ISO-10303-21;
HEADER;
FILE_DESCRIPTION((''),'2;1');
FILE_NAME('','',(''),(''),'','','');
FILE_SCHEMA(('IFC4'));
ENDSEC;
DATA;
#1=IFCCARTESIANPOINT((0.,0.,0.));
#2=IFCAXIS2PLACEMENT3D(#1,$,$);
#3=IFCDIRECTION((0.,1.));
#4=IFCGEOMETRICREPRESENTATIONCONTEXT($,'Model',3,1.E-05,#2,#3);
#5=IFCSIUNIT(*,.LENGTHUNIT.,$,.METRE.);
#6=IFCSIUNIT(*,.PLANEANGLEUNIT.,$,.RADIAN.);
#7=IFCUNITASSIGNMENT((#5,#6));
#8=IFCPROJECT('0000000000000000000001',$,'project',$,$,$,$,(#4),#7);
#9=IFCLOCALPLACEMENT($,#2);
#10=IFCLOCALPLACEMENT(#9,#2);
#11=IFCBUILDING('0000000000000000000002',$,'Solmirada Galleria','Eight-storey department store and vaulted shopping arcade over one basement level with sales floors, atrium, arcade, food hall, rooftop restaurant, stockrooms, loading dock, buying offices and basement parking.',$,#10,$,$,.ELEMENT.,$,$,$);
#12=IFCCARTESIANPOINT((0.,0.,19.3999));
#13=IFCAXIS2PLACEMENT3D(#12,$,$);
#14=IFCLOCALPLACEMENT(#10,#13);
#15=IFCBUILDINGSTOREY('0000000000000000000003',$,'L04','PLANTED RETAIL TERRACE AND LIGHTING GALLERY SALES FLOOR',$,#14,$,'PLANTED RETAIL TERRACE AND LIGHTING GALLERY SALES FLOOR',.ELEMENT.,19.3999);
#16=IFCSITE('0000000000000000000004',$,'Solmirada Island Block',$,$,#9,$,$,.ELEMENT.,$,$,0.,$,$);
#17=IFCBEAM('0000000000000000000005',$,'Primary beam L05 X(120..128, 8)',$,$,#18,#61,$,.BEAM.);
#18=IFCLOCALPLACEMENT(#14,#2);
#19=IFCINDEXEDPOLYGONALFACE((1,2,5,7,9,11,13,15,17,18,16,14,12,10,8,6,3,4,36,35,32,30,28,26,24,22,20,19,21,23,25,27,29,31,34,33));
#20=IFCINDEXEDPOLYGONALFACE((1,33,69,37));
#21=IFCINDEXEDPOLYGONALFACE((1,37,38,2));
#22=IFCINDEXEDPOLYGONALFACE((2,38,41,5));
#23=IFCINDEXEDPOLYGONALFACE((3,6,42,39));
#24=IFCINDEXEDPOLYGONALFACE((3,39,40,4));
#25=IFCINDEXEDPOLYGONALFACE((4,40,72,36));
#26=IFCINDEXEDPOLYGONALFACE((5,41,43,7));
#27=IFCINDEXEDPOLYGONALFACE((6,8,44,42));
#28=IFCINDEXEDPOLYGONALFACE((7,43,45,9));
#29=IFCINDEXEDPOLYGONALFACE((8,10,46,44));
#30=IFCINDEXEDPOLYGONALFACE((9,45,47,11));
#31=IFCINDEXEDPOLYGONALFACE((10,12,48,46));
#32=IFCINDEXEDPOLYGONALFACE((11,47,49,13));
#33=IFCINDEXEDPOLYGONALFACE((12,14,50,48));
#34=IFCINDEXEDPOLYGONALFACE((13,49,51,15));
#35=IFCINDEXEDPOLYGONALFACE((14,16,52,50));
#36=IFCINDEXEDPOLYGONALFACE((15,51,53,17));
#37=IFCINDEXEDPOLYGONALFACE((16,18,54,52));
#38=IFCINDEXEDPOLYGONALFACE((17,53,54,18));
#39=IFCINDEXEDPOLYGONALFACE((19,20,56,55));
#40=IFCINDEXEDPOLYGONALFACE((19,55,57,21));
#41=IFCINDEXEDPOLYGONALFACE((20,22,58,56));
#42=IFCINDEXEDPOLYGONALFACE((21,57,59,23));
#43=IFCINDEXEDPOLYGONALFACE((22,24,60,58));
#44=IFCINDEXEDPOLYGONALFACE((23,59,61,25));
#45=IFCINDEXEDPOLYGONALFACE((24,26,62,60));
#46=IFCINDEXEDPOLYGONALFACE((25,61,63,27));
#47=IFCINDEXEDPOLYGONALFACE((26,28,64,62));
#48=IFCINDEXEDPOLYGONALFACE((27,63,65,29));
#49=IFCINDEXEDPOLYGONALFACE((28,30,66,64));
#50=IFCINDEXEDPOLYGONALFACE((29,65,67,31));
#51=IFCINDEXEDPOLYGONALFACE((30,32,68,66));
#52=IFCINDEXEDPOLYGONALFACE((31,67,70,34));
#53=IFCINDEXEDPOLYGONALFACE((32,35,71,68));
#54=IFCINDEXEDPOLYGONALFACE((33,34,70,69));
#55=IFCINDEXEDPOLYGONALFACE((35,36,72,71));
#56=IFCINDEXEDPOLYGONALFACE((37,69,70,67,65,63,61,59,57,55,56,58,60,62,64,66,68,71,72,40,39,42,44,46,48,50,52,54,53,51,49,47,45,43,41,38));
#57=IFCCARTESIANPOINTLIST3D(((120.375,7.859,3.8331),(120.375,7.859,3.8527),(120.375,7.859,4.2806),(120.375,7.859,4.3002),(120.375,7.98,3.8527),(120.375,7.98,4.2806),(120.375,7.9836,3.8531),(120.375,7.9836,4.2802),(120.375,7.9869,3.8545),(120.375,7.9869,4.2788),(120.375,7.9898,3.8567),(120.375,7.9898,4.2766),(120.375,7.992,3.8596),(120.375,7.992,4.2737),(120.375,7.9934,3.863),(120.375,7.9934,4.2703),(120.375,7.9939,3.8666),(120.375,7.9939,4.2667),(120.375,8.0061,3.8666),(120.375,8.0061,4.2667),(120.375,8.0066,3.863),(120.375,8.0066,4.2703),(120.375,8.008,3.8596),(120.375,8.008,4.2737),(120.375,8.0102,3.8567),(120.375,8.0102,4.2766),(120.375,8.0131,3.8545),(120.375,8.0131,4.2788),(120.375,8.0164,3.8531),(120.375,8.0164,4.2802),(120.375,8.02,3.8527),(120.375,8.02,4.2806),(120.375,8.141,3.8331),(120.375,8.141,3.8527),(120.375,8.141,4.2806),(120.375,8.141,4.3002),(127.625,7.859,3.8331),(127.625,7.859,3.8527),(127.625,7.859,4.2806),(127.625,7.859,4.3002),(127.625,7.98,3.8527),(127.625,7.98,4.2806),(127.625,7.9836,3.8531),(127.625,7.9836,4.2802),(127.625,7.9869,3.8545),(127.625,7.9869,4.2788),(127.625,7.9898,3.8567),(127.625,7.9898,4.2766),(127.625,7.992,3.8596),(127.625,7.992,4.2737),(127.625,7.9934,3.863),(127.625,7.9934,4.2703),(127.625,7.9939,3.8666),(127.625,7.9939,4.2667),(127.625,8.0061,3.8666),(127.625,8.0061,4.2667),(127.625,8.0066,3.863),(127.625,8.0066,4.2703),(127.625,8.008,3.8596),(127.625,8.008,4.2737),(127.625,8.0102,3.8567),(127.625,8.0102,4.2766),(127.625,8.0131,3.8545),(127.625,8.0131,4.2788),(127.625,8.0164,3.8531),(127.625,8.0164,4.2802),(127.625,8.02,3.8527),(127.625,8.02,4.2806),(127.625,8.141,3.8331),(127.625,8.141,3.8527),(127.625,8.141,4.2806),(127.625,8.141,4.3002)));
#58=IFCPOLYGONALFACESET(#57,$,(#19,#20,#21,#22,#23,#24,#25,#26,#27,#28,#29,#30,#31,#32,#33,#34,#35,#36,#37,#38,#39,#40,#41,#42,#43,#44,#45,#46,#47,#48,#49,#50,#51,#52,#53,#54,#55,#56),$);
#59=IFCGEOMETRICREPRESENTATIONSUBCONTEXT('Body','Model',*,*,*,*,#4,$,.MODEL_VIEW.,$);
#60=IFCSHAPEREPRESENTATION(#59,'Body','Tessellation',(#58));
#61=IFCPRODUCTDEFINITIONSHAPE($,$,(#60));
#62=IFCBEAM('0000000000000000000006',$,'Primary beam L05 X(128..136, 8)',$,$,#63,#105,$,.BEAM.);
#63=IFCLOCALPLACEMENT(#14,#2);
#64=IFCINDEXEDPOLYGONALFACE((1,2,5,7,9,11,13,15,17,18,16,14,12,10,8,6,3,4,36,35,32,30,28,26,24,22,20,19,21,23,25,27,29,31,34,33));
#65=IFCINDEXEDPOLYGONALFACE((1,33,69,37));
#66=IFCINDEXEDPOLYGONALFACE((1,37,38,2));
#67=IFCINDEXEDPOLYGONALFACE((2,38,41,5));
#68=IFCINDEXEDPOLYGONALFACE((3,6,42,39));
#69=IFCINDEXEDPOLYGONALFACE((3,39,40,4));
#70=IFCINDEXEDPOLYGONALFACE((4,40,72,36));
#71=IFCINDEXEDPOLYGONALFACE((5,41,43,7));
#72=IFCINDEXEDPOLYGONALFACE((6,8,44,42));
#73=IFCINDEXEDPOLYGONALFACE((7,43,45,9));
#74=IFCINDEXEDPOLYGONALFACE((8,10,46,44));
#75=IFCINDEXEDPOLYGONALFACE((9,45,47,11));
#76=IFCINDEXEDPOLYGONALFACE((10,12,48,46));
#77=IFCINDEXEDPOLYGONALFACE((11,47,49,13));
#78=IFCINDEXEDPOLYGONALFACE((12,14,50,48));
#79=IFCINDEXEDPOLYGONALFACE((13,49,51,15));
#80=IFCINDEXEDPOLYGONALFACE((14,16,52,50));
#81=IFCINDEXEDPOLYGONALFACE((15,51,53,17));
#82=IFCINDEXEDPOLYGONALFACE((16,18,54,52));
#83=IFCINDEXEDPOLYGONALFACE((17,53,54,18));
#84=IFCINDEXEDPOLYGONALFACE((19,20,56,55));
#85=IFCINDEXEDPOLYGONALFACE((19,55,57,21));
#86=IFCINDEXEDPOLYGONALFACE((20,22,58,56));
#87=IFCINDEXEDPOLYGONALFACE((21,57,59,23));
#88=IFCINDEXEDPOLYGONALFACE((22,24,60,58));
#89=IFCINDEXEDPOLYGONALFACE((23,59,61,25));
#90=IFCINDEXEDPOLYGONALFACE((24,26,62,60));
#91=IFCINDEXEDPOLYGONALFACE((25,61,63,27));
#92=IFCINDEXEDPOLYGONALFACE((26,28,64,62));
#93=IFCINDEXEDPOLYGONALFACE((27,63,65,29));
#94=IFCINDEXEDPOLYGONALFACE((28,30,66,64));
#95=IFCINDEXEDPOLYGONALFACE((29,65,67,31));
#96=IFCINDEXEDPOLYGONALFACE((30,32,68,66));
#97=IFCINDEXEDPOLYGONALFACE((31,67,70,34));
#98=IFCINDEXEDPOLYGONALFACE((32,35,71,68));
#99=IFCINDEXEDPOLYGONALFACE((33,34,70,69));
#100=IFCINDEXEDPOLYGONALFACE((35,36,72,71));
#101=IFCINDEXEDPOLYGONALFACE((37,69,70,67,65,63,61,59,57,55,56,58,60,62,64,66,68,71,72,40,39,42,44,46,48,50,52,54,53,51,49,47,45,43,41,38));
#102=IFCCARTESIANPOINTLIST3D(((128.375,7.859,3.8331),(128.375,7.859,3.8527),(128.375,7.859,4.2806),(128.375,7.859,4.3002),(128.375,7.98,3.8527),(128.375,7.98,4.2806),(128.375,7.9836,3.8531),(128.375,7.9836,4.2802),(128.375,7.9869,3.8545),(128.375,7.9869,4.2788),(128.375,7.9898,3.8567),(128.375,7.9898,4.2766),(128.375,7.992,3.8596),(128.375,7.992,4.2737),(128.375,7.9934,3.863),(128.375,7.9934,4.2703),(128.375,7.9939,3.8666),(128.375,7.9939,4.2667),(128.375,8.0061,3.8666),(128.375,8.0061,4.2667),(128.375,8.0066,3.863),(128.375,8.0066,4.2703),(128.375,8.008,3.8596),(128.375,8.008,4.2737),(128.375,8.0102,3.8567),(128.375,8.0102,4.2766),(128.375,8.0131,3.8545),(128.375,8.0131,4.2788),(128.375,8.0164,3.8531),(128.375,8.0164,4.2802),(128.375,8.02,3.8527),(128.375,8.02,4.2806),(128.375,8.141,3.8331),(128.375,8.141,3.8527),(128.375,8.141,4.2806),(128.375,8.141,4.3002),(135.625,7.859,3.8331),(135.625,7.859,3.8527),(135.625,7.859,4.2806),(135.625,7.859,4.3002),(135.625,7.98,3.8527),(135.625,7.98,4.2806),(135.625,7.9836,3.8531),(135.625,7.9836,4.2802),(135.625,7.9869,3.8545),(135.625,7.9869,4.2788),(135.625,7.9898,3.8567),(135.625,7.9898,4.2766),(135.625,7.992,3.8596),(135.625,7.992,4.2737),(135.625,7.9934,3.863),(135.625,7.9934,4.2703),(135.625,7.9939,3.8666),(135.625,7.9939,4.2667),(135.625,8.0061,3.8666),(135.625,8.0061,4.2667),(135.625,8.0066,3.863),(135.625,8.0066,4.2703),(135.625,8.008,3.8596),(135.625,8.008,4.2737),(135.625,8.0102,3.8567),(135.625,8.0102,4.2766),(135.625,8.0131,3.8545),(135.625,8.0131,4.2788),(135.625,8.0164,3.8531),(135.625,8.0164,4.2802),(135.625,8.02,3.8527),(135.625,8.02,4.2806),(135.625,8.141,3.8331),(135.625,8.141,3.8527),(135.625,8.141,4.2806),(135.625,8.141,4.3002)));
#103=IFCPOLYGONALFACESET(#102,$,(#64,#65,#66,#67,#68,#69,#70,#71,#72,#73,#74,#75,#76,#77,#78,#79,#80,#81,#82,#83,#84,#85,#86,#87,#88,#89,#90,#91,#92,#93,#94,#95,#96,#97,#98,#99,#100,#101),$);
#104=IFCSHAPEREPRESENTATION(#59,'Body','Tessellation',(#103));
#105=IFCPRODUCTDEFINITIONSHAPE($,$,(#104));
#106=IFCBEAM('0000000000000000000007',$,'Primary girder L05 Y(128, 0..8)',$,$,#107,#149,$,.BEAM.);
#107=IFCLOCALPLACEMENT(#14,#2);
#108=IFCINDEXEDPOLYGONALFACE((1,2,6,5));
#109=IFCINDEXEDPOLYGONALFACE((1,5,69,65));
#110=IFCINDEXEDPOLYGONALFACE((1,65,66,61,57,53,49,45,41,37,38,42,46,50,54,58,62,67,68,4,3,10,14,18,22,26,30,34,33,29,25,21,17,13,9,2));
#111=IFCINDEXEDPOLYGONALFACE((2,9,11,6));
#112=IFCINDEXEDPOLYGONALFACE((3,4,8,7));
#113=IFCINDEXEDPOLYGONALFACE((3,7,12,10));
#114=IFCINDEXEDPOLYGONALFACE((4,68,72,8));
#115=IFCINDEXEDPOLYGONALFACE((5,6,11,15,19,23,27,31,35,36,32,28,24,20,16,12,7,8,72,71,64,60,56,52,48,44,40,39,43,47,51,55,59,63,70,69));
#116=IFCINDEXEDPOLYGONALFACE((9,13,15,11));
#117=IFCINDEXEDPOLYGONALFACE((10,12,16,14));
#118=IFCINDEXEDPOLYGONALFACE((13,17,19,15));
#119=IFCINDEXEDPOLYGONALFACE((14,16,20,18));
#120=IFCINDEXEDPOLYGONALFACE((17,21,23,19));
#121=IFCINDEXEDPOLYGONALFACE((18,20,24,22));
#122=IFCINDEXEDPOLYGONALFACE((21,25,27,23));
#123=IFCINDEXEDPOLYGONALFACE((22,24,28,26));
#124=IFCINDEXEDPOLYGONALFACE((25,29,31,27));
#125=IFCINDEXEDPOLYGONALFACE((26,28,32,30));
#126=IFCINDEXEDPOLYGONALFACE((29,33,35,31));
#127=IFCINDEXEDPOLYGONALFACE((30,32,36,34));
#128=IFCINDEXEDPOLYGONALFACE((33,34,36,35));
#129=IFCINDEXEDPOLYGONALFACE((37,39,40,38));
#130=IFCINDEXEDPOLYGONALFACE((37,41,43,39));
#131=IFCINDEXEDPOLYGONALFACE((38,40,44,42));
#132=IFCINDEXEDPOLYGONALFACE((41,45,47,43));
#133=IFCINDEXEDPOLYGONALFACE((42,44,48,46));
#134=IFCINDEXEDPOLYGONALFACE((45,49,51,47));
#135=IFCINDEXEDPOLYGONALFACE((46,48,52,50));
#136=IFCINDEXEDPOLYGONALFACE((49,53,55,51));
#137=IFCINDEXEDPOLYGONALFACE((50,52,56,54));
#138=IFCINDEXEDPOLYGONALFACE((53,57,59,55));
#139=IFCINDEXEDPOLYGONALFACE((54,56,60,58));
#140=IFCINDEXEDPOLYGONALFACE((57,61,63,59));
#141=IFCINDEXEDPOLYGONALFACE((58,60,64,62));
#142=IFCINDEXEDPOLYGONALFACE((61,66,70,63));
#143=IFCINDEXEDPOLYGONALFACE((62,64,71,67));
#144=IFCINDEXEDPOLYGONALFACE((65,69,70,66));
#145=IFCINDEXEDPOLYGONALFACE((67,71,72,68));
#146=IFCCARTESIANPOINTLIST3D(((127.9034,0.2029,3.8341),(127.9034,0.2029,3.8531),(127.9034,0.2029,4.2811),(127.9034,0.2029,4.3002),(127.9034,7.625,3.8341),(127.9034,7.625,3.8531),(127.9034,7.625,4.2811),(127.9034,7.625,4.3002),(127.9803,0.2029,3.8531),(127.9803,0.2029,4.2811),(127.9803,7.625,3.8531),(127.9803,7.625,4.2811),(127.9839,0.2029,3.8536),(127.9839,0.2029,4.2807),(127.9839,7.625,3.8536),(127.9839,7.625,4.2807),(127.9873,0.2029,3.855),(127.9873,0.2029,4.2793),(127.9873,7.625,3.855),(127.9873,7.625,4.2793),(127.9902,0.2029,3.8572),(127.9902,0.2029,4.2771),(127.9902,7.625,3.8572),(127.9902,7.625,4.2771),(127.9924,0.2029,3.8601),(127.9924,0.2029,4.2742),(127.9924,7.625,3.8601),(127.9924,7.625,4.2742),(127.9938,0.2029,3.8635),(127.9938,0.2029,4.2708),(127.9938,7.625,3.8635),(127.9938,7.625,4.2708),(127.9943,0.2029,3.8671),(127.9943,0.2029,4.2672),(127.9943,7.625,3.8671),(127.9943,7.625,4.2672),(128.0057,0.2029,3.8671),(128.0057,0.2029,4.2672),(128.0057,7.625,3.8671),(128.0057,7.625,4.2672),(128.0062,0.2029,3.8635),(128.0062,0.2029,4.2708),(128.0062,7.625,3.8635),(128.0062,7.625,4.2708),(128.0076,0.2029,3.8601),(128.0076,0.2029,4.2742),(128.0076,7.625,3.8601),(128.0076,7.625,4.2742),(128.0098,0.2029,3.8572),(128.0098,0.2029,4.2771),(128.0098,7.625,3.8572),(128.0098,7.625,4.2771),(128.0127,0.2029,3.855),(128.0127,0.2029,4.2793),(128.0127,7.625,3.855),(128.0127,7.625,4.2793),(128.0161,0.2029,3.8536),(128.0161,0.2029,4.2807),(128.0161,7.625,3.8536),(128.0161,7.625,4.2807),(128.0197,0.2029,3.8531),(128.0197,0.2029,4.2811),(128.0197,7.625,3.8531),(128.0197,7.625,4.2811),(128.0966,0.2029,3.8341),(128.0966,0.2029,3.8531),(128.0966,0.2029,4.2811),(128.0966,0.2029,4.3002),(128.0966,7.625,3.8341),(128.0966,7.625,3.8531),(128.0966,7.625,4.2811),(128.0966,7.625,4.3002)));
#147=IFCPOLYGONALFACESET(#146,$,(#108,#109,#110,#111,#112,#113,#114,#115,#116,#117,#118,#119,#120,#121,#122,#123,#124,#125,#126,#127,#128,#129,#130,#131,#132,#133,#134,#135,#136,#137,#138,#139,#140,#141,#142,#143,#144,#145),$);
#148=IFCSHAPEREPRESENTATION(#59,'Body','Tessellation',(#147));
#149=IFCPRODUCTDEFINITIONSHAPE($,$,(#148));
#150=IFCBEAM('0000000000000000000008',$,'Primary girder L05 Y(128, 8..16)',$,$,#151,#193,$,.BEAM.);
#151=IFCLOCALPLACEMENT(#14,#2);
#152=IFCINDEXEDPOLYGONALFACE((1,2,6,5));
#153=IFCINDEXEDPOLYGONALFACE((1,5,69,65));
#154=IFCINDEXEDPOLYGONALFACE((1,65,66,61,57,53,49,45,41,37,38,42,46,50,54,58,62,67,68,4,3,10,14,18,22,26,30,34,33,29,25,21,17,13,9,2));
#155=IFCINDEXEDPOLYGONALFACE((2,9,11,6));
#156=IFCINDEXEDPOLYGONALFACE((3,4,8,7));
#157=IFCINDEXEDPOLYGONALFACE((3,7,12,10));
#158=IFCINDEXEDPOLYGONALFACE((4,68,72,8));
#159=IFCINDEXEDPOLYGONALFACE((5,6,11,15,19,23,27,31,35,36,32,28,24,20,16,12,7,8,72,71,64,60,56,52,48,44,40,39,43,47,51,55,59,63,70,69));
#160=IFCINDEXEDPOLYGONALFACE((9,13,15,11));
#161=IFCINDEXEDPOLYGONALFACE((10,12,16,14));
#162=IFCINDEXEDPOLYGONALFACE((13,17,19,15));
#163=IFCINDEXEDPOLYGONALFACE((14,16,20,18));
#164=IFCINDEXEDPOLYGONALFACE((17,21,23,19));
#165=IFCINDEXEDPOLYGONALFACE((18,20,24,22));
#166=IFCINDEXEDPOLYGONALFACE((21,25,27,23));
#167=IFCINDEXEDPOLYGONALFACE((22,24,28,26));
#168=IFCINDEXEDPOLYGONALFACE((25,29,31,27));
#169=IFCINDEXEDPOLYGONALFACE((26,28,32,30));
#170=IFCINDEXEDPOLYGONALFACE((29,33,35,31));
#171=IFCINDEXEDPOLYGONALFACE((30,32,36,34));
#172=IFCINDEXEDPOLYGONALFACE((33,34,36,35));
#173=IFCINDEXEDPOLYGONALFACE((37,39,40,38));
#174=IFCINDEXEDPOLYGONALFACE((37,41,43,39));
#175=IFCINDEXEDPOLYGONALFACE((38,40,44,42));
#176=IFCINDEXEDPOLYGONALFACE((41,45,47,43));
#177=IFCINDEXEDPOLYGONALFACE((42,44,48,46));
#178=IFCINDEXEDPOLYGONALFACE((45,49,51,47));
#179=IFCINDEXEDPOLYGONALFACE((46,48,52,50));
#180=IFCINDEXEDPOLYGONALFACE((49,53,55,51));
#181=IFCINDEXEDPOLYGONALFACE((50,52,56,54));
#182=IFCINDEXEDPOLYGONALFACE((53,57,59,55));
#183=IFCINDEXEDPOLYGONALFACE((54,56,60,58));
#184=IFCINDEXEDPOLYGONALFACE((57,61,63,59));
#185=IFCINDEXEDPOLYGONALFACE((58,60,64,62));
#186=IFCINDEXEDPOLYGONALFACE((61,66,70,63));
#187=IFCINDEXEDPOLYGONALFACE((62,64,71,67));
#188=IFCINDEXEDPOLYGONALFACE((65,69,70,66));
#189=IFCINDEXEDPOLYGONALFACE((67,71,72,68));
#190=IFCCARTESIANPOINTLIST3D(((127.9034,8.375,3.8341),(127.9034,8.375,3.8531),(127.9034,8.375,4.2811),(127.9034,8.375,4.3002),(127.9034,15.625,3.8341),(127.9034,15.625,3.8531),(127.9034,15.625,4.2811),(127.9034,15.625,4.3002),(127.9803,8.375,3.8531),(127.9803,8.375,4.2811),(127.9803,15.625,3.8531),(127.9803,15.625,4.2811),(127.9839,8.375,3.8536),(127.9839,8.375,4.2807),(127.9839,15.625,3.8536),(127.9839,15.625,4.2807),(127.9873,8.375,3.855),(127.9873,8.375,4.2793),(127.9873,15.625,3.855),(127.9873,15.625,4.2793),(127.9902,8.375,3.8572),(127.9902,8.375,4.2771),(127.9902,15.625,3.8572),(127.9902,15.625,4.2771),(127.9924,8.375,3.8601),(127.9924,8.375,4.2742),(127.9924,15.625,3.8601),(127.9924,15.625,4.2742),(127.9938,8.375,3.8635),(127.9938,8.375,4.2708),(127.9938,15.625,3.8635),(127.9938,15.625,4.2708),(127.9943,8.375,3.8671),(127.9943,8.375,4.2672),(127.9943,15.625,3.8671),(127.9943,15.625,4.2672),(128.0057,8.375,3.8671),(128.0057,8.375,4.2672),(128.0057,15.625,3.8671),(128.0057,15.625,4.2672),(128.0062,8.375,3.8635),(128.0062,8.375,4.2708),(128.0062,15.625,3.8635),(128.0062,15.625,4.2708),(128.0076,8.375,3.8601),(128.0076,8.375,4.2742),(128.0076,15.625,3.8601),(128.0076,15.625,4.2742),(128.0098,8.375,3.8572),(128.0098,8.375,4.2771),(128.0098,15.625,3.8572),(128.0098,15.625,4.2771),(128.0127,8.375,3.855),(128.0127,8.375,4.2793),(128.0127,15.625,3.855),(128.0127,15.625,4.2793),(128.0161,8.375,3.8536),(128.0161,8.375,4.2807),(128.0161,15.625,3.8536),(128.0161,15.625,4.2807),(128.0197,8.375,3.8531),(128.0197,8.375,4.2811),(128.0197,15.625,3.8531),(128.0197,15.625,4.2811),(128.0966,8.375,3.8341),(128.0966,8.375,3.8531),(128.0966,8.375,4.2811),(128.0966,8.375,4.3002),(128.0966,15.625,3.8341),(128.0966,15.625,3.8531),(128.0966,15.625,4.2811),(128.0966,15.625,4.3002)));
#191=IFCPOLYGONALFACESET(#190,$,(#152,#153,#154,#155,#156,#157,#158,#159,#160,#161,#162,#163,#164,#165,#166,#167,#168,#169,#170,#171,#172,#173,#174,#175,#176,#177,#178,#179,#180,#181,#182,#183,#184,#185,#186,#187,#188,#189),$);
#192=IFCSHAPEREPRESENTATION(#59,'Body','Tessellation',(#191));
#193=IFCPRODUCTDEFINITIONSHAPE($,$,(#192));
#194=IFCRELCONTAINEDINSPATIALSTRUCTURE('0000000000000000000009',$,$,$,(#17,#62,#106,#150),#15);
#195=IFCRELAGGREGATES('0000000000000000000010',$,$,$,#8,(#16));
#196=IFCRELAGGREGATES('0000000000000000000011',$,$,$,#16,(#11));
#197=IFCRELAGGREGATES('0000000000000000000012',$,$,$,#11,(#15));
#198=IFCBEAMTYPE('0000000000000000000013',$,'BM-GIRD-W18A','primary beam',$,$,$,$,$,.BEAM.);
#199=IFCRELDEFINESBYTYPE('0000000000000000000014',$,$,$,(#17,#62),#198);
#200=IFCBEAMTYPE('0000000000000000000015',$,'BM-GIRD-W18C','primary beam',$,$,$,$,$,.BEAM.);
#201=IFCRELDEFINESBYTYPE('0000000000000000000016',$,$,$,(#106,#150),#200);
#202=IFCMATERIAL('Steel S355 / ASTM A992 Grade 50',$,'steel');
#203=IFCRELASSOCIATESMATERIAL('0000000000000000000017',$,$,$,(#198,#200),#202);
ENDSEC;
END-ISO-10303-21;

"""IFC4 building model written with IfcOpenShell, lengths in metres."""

from ifc_helpers import new_model, si_unit, direction, frame, origin, origin_2d, place, context, subcontext, project, spatial, i_section, extrude, material, material_profile, profile_set, type_object, element, save


model = new_model("IFC4")

# Units and contexts
model_context = context("Model", 3, precision=1e-05, world=origin(), true_north=direction((0.0, 1.0)))
body_context = subcontext(model_context, "Body", "Model", "MODEL_VIEW")
ifc_project = project(units=[si_unit("LENGTHUNIT", "METRE"), si_unit("PLANEANGLEUNIT", "RADIAN")], contexts=[model_context])

# Site, building, storey
site_placement = place(None, origin())
site = spatial("IfcSite", under=ifc_project, at=site_placement, Name="Solmirada Island Block", CompositionType="ELEMENT", RefElevation=0.0)
building_placement = place(site_placement, origin())
building = spatial("IfcBuilding", under=site, at=building_placement, Name="Solmirada Galleria", Description="Eight-storey department store and vaulted shopping arcade over one basement level with sales floors, atrium, arcade, food hall, rooftop restaurant, stockrooms, loading dock, buying offices and basement parking.", CompositionType="ELEMENT")
storey_placement = place(building_placement, frame((0.0, 0.0, 19.3999)))
storey = spatial("IfcBuildingStorey", under=building, at=storey_placement, Name="L04", Description="PLANTED RETAIL TERRACE AND LIGHTING GALLERY SALES FLOOR", LongName="PLANTED RETAIL TERRACE AND LIGHTING GALLERY SALES FLOOR", CompositionType="ELEMENT", Elevation=19.3999)

# Beams
ifc_material_1 = material(Name="Steel S355 / ASTM A992 Grade 50", Category="steel")
ifc_material_profile_1 = material_profile(ifc_material_1, i_section(OverallWidth=0.282, OverallDepth=0.467, WebThickness=0.0122, FlangeThickness=0.0195, FilletRadius=0.0139, at=origin_2d()), Name="W18X86")
ifc_profile_set_1 = profile_set([ifc_material_profile_1], Name="Steel S355 / ASTM A992 Grade 50")
beam_type_1 = type_object("IfcBeamType", Name="BM-GIRD-W18A", Description="primary beam", PredefinedType="BEAM", material=ifc_profile_set_1)
for number, where, z_axis, x_axis, name in (
    (1, (120.375, 8.0, 4.0667), (1.0, 0.0, 0.0), (0.0, 1.0, 0.0), "Primary beam L05 X(120..128, 8)"),
    (2, (128.375, 8.0, 4.0667), (1.0, 0.0, 0.0), (0.0, 1.0, 0.0), "Primary beam L05 X(128..136, 8)"),
):
    element("IfcBeam", number, at=place(storey_placement, frame(where, z_axis=z_axis, x_axis=x_axis)), inside=storey, type_object=beam_type_1, Name=name, PredefinedType="BEAM", context=body_context, shape_type="SweptSolid", body=[
        extrude(i_section(OverallWidth=0.282, OverallDepth=0.467, WebThickness=0.0122, FlangeThickness=0.0195, FilletRadius=0.0139, at=origin_2d()), origin(), (0.0, 0.0, 1.0), 7.25),
    ])
ifc_material_profile_2 = material_profile(ifc_material_1, i_section(OverallWidth=0.1931, OverallDepth=0.4661, WebThickness=0.0115, FlangeThickness=0.019, FilletRadius=0.0139, at=origin_2d()), Name="W18X65")
ifc_profile_set_2 = profile_set([ifc_material_profile_2], Name="Steel S355 / ASTM A992 Grade 50")
beam_type_2 = type_object("IfcBeamType", Name="BM-GIRD-W18C", Description="primary beam", PredefinedType="BEAM", material=ifc_profile_set_2)
beam_1_placement = place(storey_placement, frame((128.0, 0.2029, 4.0671), z_axis=(0.0, 1.0, 0.0), x_axis=(-1.0, 0.0, 0.0)))
element("IfcBeam", 3, at=beam_1_placement, inside=storey, type_object=beam_type_2, Name="Primary girder L05 Y(128, 0..8)", PredefinedType="BEAM", context=body_context, shape_type="SweptSolid", body=[
    extrude(i_section(OverallWidth=0.1931, OverallDepth=0.4661, WebThickness=0.0115, FlangeThickness=0.019, FilletRadius=0.0139, at=origin_2d()), origin(), (0.0, 0.0, 1.0), 7.4221),
])
beam_2_placement = place(storey_placement, frame((128.0, 8.375, 4.0671), z_axis=(0.0, 1.0, 0.0), x_axis=(-1.0, 0.0, 0.0)))
element("IfcBeam", 4, at=beam_2_placement, inside=storey, type_object=beam_type_2, Name="Primary girder L05 Y(128, 8..16)", PredefinedType="BEAM", context=body_context, shape_type="SweptSolid", body=[
    extrude(i_section(OverallWidth=0.1931, OverallDepth=0.4661, WebThickness=0.0115, FlangeThickness=0.019, FilletRadius=0.0139, at=origin_2d()), origin(), (0.0, 0.0, 1.0), 7.25),
])

save(model, "model.ifc")
